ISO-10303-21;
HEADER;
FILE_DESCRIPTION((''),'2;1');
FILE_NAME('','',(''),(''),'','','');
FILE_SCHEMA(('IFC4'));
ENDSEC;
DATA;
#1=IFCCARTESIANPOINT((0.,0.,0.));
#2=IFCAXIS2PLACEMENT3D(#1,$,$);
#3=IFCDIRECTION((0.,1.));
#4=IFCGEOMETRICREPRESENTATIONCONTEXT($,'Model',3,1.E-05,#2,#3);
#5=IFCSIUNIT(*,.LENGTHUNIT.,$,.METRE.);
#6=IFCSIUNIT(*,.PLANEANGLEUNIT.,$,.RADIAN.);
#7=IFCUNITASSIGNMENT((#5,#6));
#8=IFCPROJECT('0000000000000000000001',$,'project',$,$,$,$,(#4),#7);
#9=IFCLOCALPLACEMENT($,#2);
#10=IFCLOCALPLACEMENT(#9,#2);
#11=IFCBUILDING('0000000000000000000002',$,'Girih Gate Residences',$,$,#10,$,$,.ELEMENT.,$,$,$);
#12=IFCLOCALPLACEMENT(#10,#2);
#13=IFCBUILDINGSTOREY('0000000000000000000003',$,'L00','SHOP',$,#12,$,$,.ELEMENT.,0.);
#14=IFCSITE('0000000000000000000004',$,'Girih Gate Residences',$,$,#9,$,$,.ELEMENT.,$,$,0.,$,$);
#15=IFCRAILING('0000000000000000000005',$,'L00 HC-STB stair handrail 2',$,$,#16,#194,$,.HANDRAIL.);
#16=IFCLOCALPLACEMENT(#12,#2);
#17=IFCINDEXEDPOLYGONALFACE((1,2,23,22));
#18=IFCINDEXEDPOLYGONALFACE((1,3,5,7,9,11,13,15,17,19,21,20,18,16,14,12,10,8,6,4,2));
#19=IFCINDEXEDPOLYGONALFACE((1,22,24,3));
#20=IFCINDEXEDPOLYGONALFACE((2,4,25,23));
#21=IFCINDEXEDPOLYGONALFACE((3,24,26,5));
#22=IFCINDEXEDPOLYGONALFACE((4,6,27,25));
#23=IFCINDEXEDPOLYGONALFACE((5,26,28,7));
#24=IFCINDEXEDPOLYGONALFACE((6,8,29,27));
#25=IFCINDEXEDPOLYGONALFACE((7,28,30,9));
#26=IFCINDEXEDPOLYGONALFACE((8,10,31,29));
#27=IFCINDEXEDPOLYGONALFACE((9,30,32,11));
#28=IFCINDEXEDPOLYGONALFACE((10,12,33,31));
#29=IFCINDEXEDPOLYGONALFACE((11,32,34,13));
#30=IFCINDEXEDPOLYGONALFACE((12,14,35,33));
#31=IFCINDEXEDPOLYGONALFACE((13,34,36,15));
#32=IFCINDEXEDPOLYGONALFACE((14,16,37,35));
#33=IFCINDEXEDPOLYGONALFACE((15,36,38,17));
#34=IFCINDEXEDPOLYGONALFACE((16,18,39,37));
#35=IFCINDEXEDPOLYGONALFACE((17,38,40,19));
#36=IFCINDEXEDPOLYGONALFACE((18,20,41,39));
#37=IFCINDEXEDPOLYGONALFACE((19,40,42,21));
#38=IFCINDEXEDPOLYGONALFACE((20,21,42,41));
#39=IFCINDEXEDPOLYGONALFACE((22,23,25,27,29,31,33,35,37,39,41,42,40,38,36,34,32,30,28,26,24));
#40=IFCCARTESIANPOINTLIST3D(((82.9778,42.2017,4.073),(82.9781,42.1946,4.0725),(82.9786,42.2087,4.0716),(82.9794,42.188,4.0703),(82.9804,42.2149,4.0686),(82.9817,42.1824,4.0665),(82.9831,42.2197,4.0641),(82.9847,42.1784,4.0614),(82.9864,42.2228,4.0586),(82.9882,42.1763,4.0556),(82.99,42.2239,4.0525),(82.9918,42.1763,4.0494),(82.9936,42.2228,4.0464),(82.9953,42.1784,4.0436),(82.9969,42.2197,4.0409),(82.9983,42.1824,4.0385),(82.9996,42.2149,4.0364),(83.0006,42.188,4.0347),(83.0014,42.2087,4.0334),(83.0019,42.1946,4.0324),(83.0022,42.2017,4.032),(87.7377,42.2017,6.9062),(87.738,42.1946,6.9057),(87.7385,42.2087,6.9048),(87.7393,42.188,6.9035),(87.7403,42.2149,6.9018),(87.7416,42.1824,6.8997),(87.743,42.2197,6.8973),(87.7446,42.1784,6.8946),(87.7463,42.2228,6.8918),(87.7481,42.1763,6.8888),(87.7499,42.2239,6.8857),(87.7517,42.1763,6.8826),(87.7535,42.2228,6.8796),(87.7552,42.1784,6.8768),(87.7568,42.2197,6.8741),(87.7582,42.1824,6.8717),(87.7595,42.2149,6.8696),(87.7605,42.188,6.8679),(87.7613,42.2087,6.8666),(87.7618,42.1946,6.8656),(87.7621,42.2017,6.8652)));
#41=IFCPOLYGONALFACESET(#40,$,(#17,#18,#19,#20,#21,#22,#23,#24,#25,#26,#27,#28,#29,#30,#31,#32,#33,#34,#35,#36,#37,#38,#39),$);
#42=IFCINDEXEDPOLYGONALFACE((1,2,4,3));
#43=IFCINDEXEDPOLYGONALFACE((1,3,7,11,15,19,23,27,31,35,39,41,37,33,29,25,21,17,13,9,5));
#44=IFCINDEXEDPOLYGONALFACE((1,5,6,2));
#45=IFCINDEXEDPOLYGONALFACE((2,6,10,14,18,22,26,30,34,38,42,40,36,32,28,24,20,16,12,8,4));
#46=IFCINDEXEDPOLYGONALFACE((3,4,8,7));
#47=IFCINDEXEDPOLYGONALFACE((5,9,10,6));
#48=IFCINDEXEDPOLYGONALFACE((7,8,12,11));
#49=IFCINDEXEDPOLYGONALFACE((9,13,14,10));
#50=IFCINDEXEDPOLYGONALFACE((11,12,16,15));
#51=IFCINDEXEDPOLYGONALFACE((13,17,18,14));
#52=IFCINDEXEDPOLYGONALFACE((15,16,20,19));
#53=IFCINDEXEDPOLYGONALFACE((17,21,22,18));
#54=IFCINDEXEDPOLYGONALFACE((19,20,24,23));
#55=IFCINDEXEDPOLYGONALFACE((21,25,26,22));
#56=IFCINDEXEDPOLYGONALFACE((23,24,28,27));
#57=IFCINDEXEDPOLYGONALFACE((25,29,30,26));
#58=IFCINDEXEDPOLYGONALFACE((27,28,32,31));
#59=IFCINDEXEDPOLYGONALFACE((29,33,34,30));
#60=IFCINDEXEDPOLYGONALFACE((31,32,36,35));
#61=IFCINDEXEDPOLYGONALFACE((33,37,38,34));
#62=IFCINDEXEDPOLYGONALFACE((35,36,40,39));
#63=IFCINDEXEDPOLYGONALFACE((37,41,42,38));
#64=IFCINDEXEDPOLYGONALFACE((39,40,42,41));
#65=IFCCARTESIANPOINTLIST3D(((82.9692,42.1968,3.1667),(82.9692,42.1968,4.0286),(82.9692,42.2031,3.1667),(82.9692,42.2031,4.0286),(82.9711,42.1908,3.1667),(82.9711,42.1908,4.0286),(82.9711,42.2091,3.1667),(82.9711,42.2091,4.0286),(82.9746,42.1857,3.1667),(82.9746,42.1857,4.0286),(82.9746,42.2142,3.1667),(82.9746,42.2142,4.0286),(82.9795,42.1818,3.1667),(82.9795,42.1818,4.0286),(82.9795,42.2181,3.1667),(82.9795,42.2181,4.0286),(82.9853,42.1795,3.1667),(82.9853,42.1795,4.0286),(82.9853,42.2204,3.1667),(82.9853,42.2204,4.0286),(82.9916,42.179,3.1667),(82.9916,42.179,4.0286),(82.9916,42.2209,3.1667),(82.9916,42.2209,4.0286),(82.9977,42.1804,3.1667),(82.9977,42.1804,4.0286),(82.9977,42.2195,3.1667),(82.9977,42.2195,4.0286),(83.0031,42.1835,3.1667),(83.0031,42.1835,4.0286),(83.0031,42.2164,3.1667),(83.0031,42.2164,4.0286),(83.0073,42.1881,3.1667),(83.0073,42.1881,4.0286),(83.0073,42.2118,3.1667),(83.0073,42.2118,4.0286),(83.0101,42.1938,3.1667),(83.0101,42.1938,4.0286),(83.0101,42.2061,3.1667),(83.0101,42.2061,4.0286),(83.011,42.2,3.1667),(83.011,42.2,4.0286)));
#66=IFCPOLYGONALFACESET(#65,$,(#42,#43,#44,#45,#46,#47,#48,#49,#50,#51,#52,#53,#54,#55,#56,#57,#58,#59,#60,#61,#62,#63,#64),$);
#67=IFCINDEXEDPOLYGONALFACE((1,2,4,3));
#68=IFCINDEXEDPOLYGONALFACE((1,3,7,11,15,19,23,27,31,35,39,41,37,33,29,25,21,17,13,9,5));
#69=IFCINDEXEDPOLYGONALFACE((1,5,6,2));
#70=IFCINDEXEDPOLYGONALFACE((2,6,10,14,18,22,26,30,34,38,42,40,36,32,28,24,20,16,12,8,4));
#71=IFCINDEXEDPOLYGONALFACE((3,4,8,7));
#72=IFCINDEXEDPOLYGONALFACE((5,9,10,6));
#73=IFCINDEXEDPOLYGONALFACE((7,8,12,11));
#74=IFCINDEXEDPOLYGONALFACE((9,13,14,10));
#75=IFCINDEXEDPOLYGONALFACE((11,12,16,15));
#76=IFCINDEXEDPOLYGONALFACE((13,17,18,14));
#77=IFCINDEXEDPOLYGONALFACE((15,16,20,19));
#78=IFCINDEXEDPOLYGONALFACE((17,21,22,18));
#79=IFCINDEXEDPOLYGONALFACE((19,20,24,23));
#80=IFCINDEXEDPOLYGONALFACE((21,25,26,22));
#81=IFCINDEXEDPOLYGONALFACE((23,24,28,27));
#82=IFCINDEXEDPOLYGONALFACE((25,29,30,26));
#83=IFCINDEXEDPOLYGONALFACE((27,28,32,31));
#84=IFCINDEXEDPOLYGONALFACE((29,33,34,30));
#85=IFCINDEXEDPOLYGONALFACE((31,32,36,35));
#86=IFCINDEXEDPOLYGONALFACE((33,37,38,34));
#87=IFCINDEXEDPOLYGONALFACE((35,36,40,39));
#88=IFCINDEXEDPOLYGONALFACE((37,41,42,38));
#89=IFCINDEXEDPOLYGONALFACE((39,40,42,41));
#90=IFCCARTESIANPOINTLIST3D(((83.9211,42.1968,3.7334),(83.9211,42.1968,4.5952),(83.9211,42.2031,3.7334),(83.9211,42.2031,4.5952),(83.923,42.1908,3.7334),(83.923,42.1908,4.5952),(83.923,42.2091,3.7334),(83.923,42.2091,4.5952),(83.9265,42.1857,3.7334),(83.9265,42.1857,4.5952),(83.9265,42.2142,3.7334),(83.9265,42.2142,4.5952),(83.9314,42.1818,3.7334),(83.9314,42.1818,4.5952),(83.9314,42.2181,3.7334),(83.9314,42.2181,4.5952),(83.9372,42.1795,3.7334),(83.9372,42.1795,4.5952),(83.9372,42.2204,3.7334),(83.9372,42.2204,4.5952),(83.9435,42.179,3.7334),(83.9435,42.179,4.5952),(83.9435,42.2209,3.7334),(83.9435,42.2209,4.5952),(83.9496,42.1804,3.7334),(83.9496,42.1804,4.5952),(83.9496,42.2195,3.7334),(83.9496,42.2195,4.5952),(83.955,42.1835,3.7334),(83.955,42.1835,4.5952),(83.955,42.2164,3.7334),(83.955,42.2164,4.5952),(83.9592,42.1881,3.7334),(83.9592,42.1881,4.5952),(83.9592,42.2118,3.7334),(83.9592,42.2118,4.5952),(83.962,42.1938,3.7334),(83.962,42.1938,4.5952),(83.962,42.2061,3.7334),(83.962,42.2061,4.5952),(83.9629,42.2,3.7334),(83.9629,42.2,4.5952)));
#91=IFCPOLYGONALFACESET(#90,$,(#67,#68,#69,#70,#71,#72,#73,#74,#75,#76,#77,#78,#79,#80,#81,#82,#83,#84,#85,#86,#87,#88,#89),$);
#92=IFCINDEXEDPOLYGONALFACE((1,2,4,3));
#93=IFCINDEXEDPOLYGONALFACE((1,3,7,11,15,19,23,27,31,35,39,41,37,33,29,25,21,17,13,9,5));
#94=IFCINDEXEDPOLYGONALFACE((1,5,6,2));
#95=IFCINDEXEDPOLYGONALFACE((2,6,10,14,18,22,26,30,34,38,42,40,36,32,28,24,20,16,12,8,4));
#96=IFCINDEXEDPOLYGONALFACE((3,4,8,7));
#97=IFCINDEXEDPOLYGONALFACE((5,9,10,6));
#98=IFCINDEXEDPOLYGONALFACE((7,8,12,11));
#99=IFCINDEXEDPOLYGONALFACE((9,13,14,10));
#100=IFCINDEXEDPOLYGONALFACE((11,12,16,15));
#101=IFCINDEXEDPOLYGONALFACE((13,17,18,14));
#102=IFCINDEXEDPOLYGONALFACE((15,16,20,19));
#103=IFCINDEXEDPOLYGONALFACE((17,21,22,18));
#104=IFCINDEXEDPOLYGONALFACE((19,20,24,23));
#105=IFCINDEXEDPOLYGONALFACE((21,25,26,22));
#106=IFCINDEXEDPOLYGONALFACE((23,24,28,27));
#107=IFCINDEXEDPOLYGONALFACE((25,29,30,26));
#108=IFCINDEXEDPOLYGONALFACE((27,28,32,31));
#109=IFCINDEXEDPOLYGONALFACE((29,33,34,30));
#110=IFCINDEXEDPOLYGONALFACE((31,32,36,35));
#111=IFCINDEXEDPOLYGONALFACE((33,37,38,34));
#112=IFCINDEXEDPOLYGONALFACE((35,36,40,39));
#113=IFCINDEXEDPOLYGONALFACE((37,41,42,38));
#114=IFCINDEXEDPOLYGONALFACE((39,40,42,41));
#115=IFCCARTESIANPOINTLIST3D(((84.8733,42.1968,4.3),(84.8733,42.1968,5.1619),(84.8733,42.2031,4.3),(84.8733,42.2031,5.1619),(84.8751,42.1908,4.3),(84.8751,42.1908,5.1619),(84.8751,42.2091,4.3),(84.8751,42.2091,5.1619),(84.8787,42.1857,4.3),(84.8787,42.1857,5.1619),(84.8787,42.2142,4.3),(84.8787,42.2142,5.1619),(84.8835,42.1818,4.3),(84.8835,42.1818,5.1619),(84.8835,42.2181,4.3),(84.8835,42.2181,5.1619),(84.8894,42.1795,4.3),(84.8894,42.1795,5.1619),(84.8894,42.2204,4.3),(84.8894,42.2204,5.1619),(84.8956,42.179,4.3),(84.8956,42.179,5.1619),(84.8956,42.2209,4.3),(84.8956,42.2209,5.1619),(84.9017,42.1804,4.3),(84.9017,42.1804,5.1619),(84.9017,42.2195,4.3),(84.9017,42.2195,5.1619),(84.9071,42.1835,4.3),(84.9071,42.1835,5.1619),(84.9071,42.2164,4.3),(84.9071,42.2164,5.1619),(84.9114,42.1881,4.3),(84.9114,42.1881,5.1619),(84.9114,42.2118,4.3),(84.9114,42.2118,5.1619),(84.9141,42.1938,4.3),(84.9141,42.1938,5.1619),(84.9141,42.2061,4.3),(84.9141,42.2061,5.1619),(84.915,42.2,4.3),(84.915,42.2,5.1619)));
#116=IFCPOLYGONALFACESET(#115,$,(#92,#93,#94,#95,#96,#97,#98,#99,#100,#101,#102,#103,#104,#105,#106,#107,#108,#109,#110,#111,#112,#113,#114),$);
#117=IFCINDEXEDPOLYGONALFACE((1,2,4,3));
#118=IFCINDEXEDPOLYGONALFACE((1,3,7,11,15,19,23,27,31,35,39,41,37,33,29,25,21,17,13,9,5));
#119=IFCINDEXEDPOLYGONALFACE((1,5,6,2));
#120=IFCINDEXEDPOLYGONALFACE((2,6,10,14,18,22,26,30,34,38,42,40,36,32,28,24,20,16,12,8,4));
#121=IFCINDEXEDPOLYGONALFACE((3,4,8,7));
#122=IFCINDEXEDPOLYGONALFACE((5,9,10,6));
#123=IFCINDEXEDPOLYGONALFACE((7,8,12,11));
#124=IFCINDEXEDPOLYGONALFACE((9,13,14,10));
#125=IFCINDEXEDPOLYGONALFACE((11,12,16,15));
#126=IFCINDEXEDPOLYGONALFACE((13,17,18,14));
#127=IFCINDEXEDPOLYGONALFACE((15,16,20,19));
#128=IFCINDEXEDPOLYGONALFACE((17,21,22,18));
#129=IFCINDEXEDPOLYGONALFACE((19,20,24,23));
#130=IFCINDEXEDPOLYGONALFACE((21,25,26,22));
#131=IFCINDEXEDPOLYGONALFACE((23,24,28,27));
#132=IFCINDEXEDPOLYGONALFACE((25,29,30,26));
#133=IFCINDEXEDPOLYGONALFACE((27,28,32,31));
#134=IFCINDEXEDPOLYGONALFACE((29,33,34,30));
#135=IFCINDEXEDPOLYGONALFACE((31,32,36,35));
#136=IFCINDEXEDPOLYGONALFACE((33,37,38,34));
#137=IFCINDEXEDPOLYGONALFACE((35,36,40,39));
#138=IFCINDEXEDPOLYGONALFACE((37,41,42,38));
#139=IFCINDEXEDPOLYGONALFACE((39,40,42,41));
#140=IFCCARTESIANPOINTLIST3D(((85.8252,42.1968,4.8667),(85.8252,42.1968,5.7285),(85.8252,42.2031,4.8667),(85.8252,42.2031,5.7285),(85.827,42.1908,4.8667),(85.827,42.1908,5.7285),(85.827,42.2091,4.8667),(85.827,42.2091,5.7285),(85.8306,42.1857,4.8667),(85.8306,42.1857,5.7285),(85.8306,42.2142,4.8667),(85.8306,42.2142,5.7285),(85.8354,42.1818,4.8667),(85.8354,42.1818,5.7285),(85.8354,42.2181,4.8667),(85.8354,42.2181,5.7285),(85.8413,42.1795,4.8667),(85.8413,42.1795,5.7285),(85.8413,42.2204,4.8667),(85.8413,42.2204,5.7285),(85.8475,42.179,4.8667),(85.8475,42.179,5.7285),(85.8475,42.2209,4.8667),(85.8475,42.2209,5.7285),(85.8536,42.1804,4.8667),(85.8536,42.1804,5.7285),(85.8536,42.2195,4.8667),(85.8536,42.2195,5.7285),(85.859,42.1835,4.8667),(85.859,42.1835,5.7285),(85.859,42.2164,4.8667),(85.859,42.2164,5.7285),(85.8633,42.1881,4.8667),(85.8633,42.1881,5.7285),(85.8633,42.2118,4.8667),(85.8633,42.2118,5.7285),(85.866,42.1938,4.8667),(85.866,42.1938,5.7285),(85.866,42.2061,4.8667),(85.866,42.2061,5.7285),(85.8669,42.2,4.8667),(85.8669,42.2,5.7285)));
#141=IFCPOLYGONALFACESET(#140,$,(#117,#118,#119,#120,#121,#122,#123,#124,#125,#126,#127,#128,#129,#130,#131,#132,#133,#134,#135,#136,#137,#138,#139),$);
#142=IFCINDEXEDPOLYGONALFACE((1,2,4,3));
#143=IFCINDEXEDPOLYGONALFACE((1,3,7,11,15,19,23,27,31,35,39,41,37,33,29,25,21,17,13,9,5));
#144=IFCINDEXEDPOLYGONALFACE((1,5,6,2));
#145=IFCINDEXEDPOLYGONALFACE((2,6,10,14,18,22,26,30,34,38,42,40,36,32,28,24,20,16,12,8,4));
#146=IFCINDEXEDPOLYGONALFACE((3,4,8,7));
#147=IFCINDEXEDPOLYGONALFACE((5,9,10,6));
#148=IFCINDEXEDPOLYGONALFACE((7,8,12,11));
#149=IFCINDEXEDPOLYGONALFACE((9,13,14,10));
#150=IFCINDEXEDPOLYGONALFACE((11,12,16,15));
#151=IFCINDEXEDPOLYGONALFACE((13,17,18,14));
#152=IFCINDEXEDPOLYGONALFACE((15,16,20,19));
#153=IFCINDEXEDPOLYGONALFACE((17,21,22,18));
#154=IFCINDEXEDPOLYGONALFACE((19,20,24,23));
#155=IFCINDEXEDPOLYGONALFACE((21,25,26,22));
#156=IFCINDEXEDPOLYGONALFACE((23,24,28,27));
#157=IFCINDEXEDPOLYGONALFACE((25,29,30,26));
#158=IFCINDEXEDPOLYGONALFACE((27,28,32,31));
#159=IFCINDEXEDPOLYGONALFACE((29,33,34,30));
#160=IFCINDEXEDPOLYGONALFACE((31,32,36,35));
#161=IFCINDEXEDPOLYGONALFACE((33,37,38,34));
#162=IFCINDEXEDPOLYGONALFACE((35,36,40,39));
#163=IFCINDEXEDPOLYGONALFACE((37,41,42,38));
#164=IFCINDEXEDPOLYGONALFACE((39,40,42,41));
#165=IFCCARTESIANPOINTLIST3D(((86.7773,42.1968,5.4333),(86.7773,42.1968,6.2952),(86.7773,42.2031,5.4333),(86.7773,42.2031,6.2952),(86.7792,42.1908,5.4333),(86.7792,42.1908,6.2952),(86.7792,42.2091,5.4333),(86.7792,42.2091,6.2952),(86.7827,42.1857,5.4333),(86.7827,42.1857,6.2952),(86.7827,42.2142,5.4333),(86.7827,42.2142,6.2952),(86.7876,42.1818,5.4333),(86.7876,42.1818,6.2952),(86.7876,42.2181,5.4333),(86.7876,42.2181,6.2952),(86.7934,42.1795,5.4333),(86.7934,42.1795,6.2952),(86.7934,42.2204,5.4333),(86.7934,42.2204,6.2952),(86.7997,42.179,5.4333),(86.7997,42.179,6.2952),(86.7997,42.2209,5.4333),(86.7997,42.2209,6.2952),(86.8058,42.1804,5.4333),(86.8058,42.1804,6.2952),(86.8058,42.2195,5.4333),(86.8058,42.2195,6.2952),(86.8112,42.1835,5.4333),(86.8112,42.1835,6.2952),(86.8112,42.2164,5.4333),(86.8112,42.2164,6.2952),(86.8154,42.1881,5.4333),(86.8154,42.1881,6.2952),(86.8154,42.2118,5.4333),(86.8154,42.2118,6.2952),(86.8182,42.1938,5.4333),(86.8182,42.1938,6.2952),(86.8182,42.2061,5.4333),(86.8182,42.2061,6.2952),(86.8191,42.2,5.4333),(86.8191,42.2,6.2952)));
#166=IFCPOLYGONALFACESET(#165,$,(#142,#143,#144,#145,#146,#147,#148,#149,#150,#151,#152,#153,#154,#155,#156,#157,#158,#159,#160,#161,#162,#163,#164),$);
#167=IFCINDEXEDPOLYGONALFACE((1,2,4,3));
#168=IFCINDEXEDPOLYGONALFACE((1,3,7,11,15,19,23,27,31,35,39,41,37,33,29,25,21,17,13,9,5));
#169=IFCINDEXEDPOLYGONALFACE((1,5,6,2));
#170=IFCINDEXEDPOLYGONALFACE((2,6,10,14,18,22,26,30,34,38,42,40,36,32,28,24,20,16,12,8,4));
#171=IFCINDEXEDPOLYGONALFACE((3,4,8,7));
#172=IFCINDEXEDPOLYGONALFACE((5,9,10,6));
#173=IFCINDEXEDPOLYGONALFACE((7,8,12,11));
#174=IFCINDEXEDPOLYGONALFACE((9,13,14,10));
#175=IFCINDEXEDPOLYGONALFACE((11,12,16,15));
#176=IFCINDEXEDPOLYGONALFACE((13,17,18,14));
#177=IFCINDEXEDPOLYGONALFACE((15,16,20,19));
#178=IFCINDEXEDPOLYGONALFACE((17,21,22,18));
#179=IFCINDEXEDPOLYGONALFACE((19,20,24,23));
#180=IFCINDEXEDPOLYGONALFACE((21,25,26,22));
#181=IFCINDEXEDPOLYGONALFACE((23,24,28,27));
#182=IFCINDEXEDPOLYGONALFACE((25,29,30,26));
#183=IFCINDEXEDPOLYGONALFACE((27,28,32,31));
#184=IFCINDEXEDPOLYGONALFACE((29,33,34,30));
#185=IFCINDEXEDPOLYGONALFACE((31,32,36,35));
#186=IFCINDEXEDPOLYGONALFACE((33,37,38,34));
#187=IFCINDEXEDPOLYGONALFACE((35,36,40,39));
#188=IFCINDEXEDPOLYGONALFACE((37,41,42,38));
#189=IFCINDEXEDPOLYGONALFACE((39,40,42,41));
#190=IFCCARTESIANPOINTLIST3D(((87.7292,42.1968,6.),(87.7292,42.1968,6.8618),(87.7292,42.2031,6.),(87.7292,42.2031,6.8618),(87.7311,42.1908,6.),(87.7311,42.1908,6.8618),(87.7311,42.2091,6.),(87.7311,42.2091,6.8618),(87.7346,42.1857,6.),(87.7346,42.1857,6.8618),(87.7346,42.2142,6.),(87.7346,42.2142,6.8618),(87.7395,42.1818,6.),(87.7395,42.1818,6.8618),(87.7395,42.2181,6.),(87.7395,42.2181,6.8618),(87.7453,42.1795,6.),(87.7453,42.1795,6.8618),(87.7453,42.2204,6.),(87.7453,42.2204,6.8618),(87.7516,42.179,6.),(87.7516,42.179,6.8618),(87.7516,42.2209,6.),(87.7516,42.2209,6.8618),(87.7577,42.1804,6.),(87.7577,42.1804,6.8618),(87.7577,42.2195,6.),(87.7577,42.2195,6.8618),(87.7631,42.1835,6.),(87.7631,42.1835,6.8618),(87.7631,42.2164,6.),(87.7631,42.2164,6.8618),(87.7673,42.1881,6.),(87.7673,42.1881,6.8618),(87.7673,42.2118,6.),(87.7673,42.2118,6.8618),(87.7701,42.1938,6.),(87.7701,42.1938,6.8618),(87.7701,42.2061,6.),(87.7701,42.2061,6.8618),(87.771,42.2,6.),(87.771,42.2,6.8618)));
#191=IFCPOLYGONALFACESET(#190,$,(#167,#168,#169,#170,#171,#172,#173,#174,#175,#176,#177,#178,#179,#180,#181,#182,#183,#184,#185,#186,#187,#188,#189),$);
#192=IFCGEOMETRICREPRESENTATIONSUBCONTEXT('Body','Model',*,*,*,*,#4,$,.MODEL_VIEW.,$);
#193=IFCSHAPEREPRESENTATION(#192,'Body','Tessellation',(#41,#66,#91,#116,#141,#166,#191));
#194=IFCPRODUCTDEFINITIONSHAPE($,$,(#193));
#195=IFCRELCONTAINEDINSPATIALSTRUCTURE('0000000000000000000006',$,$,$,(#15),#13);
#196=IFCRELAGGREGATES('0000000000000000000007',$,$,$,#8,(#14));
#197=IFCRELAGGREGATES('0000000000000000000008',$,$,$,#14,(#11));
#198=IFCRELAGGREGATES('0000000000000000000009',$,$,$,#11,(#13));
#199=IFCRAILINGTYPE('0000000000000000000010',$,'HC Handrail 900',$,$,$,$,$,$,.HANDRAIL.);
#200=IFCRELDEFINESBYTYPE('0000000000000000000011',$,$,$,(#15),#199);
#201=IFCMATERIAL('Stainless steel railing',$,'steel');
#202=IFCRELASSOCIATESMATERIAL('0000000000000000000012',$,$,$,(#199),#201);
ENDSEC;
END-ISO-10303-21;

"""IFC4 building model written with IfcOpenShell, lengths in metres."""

from ifc_helpers import new_model, si_unit, direction, frame, origin, origin_2d, place, context, subcontext, project, spatial, circle, extrude, material, type_object, element, save


model = new_model("IFC4")

# Units and contexts
model_context = context("Model", 3, precision=1e-05, world=origin(), true_north=direction((0.0, 1.0)))
body_context = subcontext(model_context, "Body", "Model", "MODEL_VIEW")
ifc_project = project(units=[si_unit("LENGTHUNIT", "METRE"), si_unit("PLANEANGLEUNIT", "RADIAN")], contexts=[model_context])

# Site, building, storey
site_placement = place(None, origin())
site = spatial("IfcSite", under=ifc_project, at=site_placement, Name="Girih Gate Residences", CompositionType="ELEMENT", RefElevation=0.0)
building_placement = place(site_placement, origin())
building = spatial("IfcBuilding", under=site, at=building_placement, Name="Girih Gate Residences", CompositionType="ELEMENT")
storey_placement = place(building_placement, origin())
storey = spatial("IfcBuildingStorey", under=building, at=storey_placement, Name="L00", Description="SHOP", CompositionType="ELEMENT", Elevation=0.0)

# Railing
ifc_material_1 = material(Name="Stainless steel railing", Category="steel")
railing_type_1 = type_object("IfcRailingType", Name="HC Handrail 900", PredefinedType="HANDRAIL", material=ifc_material_1)
railing_1_placement = place(storey_placement, frame((82.99, 42.2, 3.1667)))
element("IfcRailing", 1, at=railing_1_placement, inside=storey, type_object=railing_type_1, Name="L00 HC-STB stair handrail 2", PredefinedType="HANDRAIL", context=body_context, shape_type="SweptSolid", body=[
    extrude(circle(Radius=0.0239, at=origin_2d()), frame((0.0, 0.0, 0.8857), z_axis=(0.8593, 0.0, 0.511472), x_axis=(0.0, 1.0, 0.0)), (0.0, 0.0, 1.0), 5.5393),
    extrude(circle(Radius=0.021, at=origin_2d()), origin(), (0.0, 0.0, 1.0), 0.8618),
    extrude(circle(Radius=0.021, at=origin_2d()), frame((0.9519, 0.0, 0.5667)), (0.0, 0.0, 1.0), 0.8618),
    extrude(circle(Radius=0.021, at=origin_2d()), frame((1.9041, 0.0, 1.1333)), (0.0, 0.0, 1.0), 0.8618),
    extrude(circle(Radius=0.021, at=origin_2d()), frame((2.856, 0.0, 1.7)), (0.0, 0.0, 1.0), 0.8618),
    extrude(circle(Radius=0.021, at=origin_2d()), frame((3.8081, 0.0, 2.2666)), (0.0, 0.0, 1.0), 0.8618),
    extrude(circle(Radius=0.021, at=origin_2d()), frame((4.76, 0.0, 2.8333)), (0.0, 0.0, 1.0), 0.8618),
])

save(model, "model.ifc")
